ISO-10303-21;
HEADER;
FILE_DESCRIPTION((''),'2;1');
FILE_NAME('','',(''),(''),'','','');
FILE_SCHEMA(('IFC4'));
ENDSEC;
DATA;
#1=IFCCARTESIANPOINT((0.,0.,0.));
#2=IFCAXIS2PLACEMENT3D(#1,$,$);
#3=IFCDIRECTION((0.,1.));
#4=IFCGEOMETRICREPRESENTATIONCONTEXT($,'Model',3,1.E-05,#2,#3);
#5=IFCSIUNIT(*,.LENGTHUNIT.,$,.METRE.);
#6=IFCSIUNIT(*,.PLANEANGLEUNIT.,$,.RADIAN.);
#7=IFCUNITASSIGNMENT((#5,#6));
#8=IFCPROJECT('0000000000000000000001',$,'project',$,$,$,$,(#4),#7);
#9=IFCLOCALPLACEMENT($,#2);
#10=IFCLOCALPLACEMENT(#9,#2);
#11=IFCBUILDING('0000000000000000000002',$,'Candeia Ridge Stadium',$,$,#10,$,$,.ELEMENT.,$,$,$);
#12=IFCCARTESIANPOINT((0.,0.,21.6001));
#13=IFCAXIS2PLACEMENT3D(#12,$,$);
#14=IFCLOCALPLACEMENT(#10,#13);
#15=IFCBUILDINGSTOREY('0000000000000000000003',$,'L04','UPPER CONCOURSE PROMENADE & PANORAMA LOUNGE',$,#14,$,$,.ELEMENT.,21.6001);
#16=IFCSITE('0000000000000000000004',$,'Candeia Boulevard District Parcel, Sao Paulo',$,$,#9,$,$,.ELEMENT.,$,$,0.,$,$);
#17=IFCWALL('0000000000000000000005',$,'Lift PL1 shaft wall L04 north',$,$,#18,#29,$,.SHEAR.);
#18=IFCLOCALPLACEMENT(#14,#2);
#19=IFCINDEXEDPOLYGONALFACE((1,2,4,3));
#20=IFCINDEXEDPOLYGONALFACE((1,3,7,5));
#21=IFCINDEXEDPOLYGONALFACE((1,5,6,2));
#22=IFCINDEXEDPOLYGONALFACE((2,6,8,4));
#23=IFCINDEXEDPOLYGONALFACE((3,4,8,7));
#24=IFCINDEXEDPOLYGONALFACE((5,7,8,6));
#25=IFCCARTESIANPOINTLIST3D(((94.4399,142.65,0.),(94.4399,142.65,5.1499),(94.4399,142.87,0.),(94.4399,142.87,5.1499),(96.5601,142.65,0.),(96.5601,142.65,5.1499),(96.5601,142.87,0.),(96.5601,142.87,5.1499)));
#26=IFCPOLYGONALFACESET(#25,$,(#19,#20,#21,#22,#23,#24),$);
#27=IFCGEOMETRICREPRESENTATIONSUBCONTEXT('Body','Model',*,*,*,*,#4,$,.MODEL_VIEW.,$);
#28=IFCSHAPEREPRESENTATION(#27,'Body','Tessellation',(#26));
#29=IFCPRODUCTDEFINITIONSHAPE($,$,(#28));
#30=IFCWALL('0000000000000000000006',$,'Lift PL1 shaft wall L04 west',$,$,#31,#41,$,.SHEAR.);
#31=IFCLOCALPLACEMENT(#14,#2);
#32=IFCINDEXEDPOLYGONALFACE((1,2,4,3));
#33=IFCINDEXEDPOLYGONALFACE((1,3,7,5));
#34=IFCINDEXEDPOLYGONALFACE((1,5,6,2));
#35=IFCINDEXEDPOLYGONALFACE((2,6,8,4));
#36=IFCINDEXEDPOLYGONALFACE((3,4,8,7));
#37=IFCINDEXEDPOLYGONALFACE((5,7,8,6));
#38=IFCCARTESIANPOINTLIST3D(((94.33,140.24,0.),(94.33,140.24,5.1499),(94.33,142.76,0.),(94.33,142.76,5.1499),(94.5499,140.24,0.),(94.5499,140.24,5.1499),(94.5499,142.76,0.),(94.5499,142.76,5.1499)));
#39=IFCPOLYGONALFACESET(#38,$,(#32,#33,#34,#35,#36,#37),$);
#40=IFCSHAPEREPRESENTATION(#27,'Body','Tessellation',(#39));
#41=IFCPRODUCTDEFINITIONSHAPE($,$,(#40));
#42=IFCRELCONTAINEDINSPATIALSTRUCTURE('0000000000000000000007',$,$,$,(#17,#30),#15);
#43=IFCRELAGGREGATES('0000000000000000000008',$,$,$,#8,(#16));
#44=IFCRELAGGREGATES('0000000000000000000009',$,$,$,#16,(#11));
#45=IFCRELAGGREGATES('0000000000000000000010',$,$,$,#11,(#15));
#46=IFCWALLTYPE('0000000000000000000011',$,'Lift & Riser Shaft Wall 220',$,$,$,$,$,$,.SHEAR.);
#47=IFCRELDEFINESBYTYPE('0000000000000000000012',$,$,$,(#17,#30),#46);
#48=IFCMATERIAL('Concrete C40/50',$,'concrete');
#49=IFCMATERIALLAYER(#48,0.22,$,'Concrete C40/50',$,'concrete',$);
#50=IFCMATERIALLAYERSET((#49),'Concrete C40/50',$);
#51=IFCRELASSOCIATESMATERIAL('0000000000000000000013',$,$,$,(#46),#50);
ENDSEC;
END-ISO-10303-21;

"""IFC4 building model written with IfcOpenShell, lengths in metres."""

from ifc_helpers import new_model, si_unit, direction, frame, frame_2d, origin, place, context, subcontext, project, spatial, rectangle, extrude, material, layer, layer_set, type_object, element, save


model = new_model("IFC4")

# Units and contexts
model_context = context("Model", 3, precision=1e-05, world=origin(), true_north=direction((0.0, 1.0)))
body_context = subcontext(model_context, "Body", "Model", "MODEL_VIEW")
ifc_project = project(units=[si_unit("LENGTHUNIT", "METRE"), si_unit("PLANEANGLEUNIT", "RADIAN")], contexts=[model_context])

# Site, building, storey
site_placement = place(None, origin())
site = spatial("IfcSite", under=ifc_project, at=site_placement, Name="Candeia Boulevard District Parcel, Sao Paulo", CompositionType="ELEMENT", RefElevation=0.0)
building_placement = place(site_placement, origin())
building = spatial("IfcBuilding", under=site, at=building_placement, Name="Candeia Ridge Stadium", CompositionType="ELEMENT")
storey_placement = place(building_placement, frame((0.0, 0.0, 21.6001)))
storey = spatial("IfcBuildingStorey", under=building, at=storey_placement, Name="L04", Description="UPPER CONCOURSE PROMENADE & PANORAMA LOUNGE", CompositionType="ELEMENT", Elevation=21.6001)

# Shared definitions
ifc_material_1 = material(Name="Concrete C40/50", Category="concrete")

# Shared definitions
ifc_layer_1 = layer(ifc_material_1, 0.22, Name="Concrete C40/50", Category="concrete")
ifc_layer_set_1 = layer_set([ifc_layer_1], Name="Concrete C40/50")
wall_type_1 = type_object("IfcWallType", Name="Lift & Riser Shaft Wall 220", PredefinedType="SHEAR", material=ifc_layer_set_1)

# Walls
wall_1_placement = place(storey_placement, frame((96.5601, 142.76, 0.0), z_axis=(0.0, 0.0, 1.0), x_axis=(-1.0, 0.0, 0.0)))
element("IfcWall", 1, at=wall_1_placement, inside=storey, type_object=wall_type_1, Name="Lift PL1 shaft wall L04 north", PredefinedType="SHEAR", context=body_context, shape_type="SweptSolid", body=[
    extrude(rectangle(XDim=2.1201, YDim=0.22, at=frame_2d((1.0601, 0.0))), origin(), (0.0, 0.0, 1.0), 5.1499),
])
wall_2_placement = place(storey_placement, frame((94.4399, 142.76, 0.0), z_axis=(0.0, 0.0, 1.0), x_axis=(0.0, -1.0, 0.0)))
element("IfcWall", 2, at=wall_2_placement, inside=storey, type_object=wall_type_1, Name="Lift PL1 shaft wall L04 west", PredefinedType="SHEAR", context=body_context, shape_type="SweptSolid", body=[
    extrude(rectangle(XDim=2.52, YDim=0.22, at=frame_2d((1.26, 0.0))), origin(), (0.0, 0.0, 1.0), 5.1499),
])

save(model, "model.ifc")
